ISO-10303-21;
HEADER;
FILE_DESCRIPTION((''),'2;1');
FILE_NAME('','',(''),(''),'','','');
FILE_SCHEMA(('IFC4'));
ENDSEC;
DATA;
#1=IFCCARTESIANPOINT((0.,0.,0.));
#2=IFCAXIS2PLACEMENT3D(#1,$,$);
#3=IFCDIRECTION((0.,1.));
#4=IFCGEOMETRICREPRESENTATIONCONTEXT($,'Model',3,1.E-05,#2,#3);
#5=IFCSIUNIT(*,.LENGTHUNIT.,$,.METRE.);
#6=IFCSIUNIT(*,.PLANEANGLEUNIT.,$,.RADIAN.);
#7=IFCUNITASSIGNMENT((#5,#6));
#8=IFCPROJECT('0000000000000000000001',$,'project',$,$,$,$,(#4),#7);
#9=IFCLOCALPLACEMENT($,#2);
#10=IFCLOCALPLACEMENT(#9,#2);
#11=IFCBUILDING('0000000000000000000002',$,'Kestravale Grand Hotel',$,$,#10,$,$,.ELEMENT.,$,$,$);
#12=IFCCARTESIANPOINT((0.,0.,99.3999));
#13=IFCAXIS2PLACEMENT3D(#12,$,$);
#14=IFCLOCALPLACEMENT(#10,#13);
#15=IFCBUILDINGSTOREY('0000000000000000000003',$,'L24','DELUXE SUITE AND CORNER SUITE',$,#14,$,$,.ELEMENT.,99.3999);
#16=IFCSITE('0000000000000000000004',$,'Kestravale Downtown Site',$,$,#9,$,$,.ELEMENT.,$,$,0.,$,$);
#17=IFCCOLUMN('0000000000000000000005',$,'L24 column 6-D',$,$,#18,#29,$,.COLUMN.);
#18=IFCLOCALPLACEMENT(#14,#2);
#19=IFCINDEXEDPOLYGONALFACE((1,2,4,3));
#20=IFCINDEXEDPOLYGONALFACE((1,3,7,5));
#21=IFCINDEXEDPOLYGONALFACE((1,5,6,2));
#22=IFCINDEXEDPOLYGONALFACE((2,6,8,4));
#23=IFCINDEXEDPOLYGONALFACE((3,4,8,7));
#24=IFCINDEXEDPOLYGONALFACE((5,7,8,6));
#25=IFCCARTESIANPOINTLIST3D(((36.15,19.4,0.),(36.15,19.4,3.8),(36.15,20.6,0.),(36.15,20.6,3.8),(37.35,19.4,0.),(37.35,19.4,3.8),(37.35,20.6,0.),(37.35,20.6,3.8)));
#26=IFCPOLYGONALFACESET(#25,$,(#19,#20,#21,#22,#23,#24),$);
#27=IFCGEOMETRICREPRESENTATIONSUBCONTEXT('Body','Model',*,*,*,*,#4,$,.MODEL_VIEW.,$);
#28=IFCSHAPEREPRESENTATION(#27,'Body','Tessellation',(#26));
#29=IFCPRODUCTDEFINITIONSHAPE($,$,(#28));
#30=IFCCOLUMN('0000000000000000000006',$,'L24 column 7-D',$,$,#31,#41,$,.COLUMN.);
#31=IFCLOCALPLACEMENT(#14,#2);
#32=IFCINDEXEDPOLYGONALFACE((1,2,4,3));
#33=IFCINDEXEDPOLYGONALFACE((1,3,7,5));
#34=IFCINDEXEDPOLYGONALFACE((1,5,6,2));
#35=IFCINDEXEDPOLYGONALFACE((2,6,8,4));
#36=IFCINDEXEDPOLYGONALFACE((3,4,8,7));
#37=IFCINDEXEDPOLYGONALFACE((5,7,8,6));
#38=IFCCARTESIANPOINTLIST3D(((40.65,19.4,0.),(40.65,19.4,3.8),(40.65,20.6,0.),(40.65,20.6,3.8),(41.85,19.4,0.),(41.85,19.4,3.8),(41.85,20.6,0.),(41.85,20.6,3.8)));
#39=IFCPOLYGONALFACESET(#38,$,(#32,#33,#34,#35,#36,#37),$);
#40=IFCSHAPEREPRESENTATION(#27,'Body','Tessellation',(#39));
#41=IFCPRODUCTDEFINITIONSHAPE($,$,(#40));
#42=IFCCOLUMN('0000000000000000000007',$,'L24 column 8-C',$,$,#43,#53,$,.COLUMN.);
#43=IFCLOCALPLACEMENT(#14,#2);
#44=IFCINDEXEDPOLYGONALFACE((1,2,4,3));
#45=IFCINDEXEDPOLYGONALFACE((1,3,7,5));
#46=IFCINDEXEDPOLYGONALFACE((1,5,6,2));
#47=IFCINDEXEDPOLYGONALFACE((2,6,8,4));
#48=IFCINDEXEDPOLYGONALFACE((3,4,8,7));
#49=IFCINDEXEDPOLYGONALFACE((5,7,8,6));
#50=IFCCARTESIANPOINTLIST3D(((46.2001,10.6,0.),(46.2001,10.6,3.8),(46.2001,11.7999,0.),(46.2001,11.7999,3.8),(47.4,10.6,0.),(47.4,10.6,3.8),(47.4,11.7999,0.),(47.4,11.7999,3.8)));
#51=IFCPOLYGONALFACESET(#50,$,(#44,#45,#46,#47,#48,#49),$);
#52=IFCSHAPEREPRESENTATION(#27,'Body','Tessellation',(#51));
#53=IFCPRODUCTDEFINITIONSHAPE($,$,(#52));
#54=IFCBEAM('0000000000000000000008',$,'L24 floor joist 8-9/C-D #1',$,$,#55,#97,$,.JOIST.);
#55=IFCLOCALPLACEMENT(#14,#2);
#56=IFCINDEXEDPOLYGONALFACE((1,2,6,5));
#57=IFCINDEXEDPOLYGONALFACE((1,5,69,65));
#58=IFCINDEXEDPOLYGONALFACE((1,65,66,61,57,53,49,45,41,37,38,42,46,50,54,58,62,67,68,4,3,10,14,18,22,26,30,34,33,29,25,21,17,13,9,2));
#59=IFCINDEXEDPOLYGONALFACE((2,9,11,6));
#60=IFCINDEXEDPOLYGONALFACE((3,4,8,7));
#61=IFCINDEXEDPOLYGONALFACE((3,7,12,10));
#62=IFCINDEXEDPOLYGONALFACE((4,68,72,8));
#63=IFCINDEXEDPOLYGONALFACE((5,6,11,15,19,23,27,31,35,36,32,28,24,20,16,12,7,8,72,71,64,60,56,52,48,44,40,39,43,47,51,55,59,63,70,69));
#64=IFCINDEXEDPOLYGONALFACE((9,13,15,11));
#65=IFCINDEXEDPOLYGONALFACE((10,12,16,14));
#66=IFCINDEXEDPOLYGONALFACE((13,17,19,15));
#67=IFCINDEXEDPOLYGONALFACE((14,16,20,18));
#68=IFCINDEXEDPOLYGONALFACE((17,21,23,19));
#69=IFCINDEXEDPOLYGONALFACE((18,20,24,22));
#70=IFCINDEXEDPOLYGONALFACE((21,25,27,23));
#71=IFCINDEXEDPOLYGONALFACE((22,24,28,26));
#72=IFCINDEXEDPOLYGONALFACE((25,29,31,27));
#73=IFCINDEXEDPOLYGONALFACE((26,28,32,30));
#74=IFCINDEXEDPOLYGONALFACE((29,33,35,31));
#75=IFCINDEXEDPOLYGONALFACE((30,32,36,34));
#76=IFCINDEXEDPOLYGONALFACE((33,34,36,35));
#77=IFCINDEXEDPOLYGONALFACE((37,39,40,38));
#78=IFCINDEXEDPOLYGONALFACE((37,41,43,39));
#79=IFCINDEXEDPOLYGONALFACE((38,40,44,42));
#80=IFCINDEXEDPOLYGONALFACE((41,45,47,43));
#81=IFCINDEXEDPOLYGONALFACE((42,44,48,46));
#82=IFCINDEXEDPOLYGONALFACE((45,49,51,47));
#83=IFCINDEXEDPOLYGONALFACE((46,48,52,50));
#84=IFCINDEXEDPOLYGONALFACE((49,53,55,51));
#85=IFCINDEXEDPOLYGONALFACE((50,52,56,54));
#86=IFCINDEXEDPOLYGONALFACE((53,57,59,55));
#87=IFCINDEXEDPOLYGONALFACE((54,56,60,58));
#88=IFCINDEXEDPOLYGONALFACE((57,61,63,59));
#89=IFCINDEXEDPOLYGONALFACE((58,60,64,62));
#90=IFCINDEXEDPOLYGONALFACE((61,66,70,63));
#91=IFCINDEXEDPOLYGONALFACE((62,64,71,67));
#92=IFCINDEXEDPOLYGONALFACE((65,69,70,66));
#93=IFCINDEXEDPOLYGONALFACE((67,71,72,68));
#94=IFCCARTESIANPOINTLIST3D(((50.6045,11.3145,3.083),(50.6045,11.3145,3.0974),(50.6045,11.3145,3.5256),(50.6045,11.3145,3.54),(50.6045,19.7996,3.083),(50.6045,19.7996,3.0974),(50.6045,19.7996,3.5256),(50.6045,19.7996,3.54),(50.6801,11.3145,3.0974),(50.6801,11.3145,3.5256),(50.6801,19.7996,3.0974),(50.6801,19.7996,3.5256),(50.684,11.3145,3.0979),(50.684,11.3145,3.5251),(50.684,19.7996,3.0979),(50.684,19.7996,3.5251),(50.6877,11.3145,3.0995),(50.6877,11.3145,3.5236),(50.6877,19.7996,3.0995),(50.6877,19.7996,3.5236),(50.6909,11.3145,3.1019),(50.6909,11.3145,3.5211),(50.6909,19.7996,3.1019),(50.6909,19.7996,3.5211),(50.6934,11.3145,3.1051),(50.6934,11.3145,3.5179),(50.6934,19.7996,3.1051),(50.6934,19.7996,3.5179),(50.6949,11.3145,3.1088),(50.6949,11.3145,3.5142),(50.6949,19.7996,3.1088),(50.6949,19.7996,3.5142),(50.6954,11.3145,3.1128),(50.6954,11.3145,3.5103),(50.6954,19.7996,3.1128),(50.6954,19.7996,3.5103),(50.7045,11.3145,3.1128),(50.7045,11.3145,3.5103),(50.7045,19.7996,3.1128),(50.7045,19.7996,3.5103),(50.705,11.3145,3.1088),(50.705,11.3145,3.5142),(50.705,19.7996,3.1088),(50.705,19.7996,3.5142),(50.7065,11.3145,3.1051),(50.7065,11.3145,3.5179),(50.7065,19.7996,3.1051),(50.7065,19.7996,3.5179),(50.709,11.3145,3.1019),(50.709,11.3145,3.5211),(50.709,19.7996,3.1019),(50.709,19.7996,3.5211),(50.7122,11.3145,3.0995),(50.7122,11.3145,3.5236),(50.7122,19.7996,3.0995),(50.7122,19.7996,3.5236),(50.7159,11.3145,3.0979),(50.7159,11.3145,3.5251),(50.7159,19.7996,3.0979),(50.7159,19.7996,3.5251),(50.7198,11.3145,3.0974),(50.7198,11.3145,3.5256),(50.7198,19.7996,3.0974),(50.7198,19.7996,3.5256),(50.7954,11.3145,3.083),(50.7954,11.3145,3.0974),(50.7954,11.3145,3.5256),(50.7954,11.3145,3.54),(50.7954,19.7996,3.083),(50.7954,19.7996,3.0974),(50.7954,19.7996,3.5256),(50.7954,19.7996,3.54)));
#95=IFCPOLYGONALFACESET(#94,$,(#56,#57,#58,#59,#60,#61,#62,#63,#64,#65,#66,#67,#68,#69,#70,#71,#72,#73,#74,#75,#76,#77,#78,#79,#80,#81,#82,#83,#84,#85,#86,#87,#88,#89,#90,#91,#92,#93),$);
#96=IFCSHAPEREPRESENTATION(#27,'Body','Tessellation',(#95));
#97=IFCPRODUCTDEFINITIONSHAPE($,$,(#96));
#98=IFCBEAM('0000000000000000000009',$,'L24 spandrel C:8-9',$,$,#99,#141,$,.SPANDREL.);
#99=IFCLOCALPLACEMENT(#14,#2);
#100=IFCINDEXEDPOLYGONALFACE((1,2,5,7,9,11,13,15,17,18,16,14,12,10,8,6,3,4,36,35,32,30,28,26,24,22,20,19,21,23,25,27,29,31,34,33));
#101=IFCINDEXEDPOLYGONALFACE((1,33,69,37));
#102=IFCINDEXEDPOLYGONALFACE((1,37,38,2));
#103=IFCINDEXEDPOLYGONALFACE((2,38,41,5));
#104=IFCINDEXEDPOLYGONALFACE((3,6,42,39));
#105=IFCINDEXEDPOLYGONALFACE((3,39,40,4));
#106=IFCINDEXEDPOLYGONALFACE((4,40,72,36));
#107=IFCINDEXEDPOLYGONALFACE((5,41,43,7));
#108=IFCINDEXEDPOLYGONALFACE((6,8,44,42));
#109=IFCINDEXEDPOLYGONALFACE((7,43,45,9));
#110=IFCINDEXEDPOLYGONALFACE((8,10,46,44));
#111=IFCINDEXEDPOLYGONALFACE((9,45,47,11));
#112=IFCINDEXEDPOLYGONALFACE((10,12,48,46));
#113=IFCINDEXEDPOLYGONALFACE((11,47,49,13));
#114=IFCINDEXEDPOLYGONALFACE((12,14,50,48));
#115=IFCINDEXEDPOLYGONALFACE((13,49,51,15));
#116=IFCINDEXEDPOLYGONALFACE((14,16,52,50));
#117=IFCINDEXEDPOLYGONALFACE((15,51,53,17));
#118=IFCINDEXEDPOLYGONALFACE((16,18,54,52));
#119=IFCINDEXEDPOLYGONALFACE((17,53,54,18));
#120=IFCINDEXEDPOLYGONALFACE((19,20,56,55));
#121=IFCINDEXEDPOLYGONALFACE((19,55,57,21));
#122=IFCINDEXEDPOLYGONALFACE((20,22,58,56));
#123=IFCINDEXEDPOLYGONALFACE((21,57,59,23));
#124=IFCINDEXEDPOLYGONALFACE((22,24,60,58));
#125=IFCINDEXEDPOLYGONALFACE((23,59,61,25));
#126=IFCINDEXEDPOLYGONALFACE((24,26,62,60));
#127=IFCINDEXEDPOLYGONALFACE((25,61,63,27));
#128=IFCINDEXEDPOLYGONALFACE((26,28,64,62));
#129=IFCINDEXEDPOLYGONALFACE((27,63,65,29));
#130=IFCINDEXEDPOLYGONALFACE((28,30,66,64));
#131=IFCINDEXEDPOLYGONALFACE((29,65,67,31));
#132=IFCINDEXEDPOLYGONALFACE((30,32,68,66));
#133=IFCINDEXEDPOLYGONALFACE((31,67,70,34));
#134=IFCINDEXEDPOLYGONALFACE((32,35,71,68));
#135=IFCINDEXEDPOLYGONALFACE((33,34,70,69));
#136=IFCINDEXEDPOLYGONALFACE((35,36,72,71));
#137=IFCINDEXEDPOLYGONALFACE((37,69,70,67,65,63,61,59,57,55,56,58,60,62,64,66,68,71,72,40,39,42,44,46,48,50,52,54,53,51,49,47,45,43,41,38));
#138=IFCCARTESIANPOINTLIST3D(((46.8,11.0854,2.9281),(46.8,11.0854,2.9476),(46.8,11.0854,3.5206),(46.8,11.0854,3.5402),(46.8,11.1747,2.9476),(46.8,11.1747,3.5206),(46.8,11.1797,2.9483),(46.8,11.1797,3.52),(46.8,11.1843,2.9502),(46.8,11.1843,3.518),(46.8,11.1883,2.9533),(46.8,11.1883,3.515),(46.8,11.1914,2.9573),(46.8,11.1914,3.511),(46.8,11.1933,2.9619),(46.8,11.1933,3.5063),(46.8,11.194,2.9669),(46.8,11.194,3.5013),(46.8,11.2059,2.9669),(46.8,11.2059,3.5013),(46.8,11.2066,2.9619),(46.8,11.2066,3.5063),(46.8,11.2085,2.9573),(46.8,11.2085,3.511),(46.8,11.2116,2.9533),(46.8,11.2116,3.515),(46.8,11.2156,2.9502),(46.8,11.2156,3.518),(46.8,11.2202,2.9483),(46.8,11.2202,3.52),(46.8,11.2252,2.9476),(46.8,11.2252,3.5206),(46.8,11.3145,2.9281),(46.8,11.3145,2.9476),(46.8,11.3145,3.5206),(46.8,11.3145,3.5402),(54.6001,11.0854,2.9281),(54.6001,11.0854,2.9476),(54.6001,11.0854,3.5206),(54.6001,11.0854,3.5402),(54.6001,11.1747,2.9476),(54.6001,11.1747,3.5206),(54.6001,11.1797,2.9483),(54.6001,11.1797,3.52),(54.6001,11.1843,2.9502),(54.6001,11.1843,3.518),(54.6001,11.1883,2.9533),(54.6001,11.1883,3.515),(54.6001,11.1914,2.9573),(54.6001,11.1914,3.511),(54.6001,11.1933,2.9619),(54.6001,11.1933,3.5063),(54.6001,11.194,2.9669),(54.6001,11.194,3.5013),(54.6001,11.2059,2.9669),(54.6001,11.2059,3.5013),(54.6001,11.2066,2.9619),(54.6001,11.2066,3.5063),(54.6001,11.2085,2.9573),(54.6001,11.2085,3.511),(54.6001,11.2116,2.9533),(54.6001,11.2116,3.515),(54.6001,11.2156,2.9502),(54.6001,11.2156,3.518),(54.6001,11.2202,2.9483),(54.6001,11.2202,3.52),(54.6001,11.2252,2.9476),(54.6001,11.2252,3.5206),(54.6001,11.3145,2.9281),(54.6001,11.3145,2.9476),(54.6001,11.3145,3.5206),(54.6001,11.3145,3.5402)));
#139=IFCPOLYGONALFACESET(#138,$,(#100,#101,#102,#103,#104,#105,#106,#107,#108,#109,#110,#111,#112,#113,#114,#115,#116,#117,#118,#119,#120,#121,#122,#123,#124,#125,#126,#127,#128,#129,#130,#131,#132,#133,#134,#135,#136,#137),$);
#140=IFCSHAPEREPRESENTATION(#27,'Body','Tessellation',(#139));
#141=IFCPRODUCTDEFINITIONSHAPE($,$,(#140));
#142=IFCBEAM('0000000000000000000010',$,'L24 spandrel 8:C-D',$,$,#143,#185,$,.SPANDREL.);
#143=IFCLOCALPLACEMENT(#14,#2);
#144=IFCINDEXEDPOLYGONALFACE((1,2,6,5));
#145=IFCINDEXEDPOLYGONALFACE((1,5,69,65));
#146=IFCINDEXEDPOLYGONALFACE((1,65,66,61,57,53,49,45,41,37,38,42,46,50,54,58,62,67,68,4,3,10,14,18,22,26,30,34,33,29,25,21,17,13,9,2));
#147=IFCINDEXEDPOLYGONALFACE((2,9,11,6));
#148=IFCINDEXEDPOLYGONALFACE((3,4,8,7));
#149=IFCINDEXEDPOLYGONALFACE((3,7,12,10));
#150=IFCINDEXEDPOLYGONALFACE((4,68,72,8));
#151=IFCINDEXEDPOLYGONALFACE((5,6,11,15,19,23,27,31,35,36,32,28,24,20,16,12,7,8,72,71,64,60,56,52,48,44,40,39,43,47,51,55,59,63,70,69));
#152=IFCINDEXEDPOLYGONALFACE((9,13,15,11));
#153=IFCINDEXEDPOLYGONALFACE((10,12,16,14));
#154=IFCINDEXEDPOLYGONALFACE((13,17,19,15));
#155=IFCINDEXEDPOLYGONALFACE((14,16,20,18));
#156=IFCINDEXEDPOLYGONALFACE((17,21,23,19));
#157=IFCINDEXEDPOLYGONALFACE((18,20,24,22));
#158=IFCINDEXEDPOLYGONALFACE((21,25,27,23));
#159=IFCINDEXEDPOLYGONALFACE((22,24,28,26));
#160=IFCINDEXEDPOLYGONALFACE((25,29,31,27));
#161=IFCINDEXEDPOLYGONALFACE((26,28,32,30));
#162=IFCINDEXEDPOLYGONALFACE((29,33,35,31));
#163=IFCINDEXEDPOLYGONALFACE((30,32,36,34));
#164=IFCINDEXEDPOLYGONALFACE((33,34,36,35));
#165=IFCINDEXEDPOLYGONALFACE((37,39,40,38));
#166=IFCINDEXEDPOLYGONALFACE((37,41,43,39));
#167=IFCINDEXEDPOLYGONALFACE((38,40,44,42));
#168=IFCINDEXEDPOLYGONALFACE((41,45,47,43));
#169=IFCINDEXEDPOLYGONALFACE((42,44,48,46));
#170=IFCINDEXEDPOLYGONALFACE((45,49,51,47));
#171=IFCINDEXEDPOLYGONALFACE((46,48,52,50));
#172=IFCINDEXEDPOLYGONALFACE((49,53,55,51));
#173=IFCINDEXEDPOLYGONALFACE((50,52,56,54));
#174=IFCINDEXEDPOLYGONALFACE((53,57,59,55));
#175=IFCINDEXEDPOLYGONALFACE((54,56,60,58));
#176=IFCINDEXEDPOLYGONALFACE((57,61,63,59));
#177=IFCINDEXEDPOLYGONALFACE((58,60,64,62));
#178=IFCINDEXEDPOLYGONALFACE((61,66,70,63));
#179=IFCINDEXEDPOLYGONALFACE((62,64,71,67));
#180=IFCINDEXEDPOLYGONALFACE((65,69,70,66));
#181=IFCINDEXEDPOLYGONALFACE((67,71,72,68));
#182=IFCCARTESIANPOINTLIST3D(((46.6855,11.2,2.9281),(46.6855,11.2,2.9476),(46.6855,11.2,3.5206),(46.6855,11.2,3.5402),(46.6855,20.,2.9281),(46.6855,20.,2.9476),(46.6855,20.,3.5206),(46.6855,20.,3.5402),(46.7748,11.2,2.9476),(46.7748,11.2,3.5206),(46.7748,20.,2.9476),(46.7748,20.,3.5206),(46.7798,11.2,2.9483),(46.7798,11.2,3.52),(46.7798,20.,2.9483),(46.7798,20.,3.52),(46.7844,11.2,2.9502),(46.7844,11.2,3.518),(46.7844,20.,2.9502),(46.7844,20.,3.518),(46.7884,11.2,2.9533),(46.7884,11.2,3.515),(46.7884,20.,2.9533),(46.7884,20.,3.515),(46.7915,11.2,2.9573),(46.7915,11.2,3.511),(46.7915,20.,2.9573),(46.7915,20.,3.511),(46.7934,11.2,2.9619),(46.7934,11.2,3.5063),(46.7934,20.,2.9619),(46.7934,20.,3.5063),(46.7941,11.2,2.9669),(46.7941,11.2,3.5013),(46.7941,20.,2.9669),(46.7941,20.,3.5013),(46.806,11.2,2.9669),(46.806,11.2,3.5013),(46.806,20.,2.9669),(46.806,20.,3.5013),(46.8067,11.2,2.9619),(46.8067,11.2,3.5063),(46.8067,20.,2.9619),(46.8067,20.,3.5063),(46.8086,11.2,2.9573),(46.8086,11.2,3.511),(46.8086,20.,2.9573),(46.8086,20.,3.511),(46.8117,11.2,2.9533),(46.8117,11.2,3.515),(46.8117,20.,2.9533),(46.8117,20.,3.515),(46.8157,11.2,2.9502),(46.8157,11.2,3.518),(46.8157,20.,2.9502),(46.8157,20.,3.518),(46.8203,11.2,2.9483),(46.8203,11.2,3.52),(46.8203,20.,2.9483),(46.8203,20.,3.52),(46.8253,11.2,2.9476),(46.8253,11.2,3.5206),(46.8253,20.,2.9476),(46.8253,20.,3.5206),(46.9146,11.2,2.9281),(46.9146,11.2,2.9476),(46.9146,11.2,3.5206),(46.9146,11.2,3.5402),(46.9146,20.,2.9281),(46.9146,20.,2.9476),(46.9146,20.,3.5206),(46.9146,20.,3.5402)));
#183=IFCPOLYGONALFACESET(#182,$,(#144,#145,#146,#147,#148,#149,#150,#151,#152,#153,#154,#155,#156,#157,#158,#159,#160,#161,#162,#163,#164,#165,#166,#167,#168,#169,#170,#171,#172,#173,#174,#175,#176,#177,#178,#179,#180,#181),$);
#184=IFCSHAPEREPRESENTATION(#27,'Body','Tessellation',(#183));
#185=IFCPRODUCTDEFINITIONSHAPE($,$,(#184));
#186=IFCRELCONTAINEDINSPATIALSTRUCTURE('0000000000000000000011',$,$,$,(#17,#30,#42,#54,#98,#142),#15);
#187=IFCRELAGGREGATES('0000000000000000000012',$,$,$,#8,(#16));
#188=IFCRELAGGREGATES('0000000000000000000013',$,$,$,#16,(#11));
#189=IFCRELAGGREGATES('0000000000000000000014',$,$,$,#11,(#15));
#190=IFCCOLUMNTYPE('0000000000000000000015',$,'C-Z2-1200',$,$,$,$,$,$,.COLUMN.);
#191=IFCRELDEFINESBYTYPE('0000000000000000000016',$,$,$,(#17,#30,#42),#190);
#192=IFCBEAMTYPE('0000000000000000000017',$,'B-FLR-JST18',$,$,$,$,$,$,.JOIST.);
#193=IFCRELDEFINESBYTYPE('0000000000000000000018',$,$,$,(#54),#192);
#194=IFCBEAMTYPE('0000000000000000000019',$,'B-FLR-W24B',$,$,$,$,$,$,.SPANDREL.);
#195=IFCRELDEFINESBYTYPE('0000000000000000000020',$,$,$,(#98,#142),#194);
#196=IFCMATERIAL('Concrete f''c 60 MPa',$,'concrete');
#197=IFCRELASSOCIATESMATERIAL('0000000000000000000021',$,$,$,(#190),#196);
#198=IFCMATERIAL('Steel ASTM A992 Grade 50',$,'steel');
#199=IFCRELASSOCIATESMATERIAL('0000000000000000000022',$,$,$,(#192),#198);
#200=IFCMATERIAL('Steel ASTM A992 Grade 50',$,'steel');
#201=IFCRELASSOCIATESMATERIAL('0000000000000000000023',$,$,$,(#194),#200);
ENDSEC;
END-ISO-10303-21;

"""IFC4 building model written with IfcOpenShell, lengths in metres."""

from ifc_helpers import new_model, si_unit, direction, frame, origin, origin_2d, place, context, subcontext, project, spatial, rectangle, i_section, extrude, material, material_profile, profile_set, type_object, element, save


model = new_model("IFC4")

# Units and contexts
model_context = context("Model", 3, precision=1e-05, world=origin(), true_north=direction((0.0, 1.0)))
body_context = subcontext(model_context, "Body", "Model", "MODEL_VIEW")
ifc_project = project(units=[si_unit("LENGTHUNIT", "METRE"), si_unit("PLANEANGLEUNIT", "RADIAN")], contexts=[model_context])

# Site, building, storey
site_placement = place(None, origin())
site = spatial("IfcSite", under=ifc_project, at=site_placement, Name="Kestravale Downtown Site", CompositionType="ELEMENT", RefElevation=0.0)
building_placement = place(site_placement, origin())
building = spatial("IfcBuilding", under=site, at=building_placement, Name="Kestravale Grand Hotel", CompositionType="ELEMENT")
storey_placement = place(building_placement, frame((0.0, 0.0, 99.3999)))
storey = spatial("IfcBuildingStorey", under=building, at=storey_placement, Name="L24", Description="DELUXE SUITE AND CORNER SUITE", CompositionType="ELEMENT", Elevation=99.3999)

# Columns
ifc_material_1 = material(Name="Concrete f'c 60 MPa", Category="concrete")
ifc_material_profile_1 = material_profile(ifc_material_1, rectangle(XDim=1.2, YDim=1.2, at=origin_2d()))
ifc_profile_set_1 = profile_set([ifc_material_profile_1], Name="Concrete f'c 60 MPa")
column_type = type_object("IfcColumnType", Name="C-Z2-1200", PredefinedType="COLUMN", material=ifc_profile_set_1)
for number, where, z_axis, x_axis, name in (
    (1, (36.75, 20.0, 0.0), (0.0, 0.0, 1.0), (1.0, 0.0, 0.0), "L24 column 6-D"),
    (2, (41.25, 20.0, 0.0), (0.0, 0.0, 1.0), (1.0, 0.0, 0.0), "L24 column 7-D"),
    (3, (46.8, 11.2, 0.0), (0.0, 0.0, 1.0), (1.0, 0.0, 0.0), "L24 column 8-C"),
):
    element("IfcColumn", number, at=place(storey_placement, frame(where, z_axis=z_axis, x_axis=x_axis)), inside=storey, type_object=column_type, Name=name, PredefinedType="COLUMN", context=body_context, shape_type="SweptSolid", body=[
        extrude(rectangle(XDim=1.2, YDim=1.2, at=origin_2d()), origin(), (0.0, 0.0, 1.0), 3.8),
    ])

# Beams
ifc_material_2 = material(Name="Steel ASTM A992 Grade 50", Category="steel")
ifc_material_profile_2 = material_profile(ifc_material_2, i_section(OverallWidth=0.1909, OverallDepth=0.457, WebThickness=0.009, FlangeThickness=0.0144, FilletRadius=0.0154, at=origin_2d()))
ifc_profile_set_2 = profile_set([ifc_material_profile_2], Name="Steel ASTM A992 Grade 50")
beam_type_1 = type_object("IfcBeamType", Name="B-FLR-JST18", PredefinedType="JOIST", material=ifc_profile_set_2)
beam_1_placement = place(storey_placement, frame((50.7, 11.3145, 3.3115), z_axis=(0.0, 1.0, 0.0), x_axis=(-1.0, 0.0, 0.0)))
element("IfcBeam", 4, at=beam_1_placement, inside=storey, type_object=beam_type_1, Name="L24 floor joist 8-9/C-D #1", PredefinedType="JOIST", context=body_context, shape_type="SweptSolid", body=[
    extrude(i_section(OverallWidth=0.1909, OverallDepth=0.457, WebThickness=0.009, FlangeThickness=0.0144, FilletRadius=0.0154, at=origin_2d()), origin(), (0.0, 0.0, 1.0), 8.4851),
])
ifc_material_3 = material(Name="Steel ASTM A992 Grade 50", Category="steel")
ifc_material_profile_3 = material_profile(ifc_material_3, i_section(OverallWidth=0.229, OverallDepth=0.6121, WebThickness=0.012, FlangeThickness=0.0195, FilletRadius=0.0193, at=origin_2d()))
ifc_profile_set_3 = profile_set([ifc_material_profile_3], Name="Steel ASTM A992 Grade 50")
beam_type_2 = type_object("IfcBeamType", Name="B-FLR-W24B", PredefinedType="SPANDREL", material=ifc_profile_set_3)
beam_2_placement = place(storey_placement, frame((46.8, 11.2, 3.2341), z_axis=(1.0, 0.0, 0.0), x_axis=(0.0, 1.0, 0.0)))
element("IfcBeam", 5, at=beam_2_placement, inside=storey, type_object=beam_type_2, Name="L24 spandrel C:8-9", PredefinedType="SPANDREL", context=body_context, shape_type="SweptSolid", body=[
    extrude(i_section(OverallWidth=0.229, OverallDepth=0.6121, WebThickness=0.012, FlangeThickness=0.0195, FilletRadius=0.0193, at=origin_2d()), origin(), (0.0, 0.0, 1.0), 7.8),
])
beam_3_placement = place(storey_placement, frame((46.8, 11.2, 3.2341), z_axis=(0.0, 1.0, 0.0), x_axis=(-1.0, 0.0, 0.0)))
element("IfcBeam", 6, at=beam_3_placement, inside=storey, type_object=beam_type_2, Name="L24 spandrel 8:C-D", PredefinedType="SPANDREL", context=body_context, shape_type="SweptSolid", body=[
    extrude(i_section(OverallWidth=0.229, OverallDepth=0.6121, WebThickness=0.012, FlangeThickness=0.0195, FilletRadius=0.0193, at=origin_2d()), origin(), (0.0, 0.0, 1.0), 8.8),
])

save(model, "model.ifc")
